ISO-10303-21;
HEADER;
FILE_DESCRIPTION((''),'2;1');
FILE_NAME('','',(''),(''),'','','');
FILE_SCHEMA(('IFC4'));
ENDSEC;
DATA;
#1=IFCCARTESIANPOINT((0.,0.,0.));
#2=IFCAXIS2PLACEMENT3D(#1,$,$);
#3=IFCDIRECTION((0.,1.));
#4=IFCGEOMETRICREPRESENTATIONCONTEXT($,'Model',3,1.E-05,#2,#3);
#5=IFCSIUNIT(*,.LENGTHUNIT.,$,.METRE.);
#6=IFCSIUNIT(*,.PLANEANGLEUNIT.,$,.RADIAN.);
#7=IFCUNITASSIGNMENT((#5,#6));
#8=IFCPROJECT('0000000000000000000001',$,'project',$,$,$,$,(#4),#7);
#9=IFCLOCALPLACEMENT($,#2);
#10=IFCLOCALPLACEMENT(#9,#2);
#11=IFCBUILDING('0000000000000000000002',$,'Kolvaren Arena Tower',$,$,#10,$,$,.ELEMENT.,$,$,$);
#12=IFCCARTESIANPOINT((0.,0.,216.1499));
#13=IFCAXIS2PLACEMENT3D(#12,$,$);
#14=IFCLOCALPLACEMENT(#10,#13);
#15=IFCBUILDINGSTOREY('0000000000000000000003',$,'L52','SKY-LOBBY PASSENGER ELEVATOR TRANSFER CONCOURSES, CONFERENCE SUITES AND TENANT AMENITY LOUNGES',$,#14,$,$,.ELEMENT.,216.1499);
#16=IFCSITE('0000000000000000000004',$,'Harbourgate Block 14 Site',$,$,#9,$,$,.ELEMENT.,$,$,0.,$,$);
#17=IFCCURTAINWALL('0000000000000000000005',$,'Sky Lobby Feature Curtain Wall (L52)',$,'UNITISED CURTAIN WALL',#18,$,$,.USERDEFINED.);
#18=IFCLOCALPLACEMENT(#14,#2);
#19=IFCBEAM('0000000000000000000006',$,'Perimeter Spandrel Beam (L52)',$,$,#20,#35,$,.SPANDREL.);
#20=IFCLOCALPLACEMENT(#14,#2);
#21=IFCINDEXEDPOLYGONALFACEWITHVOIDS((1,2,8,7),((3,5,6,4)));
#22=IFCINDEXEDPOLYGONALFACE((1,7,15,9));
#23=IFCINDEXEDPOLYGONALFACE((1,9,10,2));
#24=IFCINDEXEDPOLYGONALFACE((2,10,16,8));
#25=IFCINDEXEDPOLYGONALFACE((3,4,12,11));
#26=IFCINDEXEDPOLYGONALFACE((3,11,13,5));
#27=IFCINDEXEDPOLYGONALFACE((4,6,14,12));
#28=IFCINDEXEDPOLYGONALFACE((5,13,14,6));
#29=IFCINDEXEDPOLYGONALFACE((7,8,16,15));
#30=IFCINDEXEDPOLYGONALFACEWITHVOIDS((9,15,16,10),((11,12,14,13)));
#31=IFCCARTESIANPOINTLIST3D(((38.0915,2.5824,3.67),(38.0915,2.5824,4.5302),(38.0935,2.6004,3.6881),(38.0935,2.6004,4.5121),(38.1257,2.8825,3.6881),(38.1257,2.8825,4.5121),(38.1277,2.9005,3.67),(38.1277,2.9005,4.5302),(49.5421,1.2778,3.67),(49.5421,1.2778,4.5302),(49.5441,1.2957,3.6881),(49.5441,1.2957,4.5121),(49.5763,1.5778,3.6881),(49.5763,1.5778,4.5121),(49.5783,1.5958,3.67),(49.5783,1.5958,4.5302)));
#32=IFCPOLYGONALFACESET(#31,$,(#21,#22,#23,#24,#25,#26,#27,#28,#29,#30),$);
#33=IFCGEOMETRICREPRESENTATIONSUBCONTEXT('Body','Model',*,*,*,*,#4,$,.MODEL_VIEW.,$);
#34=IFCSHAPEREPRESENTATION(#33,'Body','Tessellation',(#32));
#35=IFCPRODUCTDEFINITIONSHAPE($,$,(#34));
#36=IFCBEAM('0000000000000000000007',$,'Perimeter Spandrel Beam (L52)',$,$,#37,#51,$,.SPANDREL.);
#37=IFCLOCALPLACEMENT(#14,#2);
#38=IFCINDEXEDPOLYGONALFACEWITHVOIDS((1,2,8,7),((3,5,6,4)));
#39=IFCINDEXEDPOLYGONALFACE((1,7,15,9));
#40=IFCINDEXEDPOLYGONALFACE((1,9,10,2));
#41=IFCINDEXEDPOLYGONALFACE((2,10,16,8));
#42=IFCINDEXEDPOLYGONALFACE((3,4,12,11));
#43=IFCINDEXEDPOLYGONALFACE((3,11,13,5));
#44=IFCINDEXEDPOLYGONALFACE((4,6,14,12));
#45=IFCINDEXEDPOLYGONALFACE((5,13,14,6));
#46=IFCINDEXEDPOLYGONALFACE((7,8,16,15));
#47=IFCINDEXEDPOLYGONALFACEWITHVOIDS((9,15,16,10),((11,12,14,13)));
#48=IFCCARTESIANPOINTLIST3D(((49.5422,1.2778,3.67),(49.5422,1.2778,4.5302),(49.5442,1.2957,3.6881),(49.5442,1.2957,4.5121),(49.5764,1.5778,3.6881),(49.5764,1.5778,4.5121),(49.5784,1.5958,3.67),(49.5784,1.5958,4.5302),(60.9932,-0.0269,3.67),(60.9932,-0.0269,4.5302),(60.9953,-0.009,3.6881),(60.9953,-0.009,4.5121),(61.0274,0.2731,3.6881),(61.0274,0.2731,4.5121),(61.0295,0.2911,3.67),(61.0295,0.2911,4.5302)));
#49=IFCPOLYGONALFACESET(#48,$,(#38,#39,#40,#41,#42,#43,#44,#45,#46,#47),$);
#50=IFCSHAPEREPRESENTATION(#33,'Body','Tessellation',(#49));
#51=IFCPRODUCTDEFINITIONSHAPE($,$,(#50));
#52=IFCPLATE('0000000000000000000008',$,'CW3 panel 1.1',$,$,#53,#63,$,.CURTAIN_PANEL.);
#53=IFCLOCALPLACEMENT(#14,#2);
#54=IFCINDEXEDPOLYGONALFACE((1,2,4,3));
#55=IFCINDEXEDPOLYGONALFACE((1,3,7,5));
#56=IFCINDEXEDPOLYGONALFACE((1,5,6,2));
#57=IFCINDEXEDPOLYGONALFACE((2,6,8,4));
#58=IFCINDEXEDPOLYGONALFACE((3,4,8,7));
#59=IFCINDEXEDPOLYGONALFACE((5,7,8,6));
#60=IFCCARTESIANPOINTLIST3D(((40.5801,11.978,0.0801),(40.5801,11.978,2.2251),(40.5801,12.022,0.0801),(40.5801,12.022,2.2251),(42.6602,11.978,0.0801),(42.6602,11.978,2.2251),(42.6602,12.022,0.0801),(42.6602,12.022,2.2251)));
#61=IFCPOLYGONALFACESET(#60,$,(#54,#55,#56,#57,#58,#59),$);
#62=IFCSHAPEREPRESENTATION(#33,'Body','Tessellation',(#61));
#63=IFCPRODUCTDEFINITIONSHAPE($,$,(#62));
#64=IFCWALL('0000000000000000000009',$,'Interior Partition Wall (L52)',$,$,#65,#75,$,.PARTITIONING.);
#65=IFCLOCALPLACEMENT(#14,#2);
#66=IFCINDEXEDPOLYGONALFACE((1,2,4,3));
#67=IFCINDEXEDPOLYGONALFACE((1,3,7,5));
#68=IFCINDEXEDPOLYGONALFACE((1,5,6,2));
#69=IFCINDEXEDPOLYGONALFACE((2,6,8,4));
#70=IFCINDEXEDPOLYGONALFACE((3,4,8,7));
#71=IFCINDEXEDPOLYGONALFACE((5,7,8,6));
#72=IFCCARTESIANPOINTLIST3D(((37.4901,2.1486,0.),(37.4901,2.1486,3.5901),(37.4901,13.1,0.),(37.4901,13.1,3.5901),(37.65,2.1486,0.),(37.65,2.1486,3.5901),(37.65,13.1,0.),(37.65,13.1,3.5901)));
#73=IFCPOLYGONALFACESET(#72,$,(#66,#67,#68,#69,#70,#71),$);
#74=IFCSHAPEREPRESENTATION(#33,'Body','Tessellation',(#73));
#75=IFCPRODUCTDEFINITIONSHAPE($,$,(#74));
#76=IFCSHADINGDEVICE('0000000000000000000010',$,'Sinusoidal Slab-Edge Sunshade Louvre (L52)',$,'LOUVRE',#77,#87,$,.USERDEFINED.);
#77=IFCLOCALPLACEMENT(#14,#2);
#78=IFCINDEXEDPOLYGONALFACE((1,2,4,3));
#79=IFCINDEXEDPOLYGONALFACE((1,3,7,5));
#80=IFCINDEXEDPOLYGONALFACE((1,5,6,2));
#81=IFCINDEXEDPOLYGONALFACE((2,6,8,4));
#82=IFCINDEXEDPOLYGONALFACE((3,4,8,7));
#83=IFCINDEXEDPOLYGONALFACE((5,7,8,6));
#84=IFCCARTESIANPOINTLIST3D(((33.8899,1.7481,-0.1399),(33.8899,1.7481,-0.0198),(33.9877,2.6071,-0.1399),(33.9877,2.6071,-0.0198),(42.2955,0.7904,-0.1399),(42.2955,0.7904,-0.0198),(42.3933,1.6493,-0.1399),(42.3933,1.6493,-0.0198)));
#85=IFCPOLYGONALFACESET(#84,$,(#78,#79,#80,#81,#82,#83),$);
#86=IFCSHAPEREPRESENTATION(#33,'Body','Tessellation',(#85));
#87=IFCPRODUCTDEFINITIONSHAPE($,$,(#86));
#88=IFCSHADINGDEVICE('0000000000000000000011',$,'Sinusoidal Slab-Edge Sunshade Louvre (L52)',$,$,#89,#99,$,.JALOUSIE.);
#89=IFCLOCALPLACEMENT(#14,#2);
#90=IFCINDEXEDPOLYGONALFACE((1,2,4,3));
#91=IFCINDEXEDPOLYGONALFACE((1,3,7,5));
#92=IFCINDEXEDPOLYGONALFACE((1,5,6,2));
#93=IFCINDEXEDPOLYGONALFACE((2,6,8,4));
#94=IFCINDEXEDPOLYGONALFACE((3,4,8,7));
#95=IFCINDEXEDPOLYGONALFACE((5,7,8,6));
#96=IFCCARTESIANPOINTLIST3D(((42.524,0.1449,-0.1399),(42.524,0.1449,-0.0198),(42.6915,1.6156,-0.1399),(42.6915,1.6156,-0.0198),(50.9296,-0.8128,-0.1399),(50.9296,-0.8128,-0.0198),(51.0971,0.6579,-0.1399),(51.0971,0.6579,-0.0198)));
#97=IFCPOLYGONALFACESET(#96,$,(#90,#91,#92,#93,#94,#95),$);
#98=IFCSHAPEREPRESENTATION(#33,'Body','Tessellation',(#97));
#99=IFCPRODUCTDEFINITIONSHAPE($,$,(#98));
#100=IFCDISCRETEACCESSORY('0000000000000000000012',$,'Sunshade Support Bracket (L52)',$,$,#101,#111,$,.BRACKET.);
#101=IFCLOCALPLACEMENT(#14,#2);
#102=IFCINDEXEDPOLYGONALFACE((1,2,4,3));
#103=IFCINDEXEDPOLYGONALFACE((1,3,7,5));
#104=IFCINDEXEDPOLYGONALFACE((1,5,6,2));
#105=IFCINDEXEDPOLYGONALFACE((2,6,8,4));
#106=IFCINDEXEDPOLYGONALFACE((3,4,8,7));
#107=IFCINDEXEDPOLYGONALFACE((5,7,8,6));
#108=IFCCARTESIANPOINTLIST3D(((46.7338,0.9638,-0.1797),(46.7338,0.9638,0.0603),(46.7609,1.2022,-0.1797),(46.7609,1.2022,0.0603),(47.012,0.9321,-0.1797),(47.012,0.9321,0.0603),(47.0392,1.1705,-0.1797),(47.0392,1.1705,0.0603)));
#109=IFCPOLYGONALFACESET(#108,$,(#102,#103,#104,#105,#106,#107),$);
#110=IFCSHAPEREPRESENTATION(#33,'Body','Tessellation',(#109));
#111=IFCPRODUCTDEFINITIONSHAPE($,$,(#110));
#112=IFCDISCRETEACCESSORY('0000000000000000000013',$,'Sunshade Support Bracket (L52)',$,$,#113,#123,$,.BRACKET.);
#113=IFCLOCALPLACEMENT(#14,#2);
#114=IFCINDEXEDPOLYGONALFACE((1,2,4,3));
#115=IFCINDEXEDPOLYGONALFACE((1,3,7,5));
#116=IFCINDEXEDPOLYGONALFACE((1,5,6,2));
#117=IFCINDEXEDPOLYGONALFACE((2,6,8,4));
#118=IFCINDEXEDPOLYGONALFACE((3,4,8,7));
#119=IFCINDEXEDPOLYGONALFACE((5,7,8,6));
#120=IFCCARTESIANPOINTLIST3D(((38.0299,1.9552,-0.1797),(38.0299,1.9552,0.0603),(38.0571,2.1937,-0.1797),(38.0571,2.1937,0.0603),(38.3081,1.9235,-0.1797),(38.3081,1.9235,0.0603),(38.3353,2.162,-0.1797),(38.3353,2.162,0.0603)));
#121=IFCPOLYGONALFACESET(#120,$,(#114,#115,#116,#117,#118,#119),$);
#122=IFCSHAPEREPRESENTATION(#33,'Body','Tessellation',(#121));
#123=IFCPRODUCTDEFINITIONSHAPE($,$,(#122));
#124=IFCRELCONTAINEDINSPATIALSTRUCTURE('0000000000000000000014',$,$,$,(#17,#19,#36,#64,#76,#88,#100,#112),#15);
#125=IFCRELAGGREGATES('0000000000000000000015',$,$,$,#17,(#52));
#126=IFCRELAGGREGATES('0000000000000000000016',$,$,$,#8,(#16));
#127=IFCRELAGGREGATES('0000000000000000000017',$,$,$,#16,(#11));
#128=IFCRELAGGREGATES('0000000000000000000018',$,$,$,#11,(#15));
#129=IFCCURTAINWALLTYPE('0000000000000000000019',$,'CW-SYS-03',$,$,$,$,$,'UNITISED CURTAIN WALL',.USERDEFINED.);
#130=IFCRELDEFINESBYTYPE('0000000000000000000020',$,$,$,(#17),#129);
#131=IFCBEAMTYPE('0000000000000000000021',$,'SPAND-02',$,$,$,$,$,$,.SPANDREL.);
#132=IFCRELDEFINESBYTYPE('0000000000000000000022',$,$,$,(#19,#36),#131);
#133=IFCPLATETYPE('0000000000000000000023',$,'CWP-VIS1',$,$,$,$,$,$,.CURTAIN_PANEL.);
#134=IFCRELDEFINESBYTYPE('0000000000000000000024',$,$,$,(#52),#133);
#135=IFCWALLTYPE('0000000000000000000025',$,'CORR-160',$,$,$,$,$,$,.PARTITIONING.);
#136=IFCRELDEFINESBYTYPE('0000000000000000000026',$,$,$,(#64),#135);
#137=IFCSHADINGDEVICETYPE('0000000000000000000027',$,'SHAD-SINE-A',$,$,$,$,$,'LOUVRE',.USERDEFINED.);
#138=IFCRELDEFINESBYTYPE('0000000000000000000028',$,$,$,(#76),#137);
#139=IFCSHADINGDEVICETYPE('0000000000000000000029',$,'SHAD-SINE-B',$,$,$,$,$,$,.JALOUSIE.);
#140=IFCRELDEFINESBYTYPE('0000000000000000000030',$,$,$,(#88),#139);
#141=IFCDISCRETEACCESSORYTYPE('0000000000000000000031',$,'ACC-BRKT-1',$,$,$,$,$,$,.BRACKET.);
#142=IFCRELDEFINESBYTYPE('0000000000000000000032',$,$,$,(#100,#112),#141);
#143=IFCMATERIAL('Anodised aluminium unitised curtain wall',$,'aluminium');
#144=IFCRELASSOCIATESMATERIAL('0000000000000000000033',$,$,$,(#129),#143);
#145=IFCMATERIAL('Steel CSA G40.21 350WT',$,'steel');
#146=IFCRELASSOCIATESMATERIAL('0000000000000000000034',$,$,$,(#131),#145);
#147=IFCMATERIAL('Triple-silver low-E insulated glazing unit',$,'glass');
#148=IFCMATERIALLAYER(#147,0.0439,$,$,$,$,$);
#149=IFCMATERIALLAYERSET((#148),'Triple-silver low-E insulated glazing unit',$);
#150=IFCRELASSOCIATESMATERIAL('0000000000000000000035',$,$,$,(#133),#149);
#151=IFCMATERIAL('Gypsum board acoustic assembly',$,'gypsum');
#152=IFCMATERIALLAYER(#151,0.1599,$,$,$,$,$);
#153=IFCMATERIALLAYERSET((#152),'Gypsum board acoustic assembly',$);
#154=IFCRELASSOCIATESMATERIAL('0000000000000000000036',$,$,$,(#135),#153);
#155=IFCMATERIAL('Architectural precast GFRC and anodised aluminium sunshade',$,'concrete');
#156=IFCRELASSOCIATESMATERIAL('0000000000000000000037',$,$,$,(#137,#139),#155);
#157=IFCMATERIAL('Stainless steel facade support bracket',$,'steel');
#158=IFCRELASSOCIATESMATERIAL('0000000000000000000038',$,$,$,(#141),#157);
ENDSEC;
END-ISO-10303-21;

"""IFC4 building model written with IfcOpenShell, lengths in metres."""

from ifc_helpers import new_model, si_unit, direction, frame, frame_2d, origin, origin_2d, place, context, subcontext, project, spatial, rectangle, hollow_rectangle, extrude, material, layer, layer_set, material_profile, profile_set, type_object, element, aggregate, save


model = new_model("IFC4")

# Units and contexts
model_context = context("Model", 3, precision=1e-05, world=origin(), true_north=direction((0.0, 1.0)))
body_context = subcontext(model_context, "Body", "Model", "MODEL_VIEW")
ifc_project = project(units=[si_unit("LENGTHUNIT", "METRE"), si_unit("PLANEANGLEUNIT", "RADIAN")], contexts=[model_context])

# Site, building, storey
site_placement = place(None, origin())
site = spatial("IfcSite", under=ifc_project, at=site_placement, Name="Harbourgate Block 14 Site", CompositionType="ELEMENT", RefElevation=0.0)
building_placement = place(site_placement, origin())
building = spatial("IfcBuilding", under=site, at=building_placement, Name="Kolvaren Arena Tower", CompositionType="ELEMENT")
storey_placement = place(building_placement, frame((0.0, 0.0, 216.1499)))
storey = spatial("IfcBuildingStorey", under=building, at=storey_placement, Name="L52", Description="SKY-LOBBY PASSENGER ELEVATOR TRANSFER CONCOURSES, CONFERENCE SUITES AND TENANT AMENITY LOUNGES", CompositionType="ELEMENT", Elevation=216.1499)

# Shared definitions
ifc_material_1 = material(Name="Anodised aluminium unitised curtain wall", Category="aluminium")
curtain_wall_type = type_object("IfcCurtainWallType", Name="CW-SYS-03", ElementType="UNITISED CURTAIN WALL", PredefinedType="USERDEFINED", material=ifc_material_1)

# Curtain wall
curtain_wall_1_placement = place(storey_placement, origin())
curtain_wall_1 = element("IfcCurtainWall", 1, at=curtain_wall_1_placement, inside=storey, type_object=curtain_wall_type, Name="Sky Lobby Feature Curtain Wall (L52)", ObjectType="UNITISED CURTAIN WALL", PredefinedType="USERDEFINED")

# Beams
ifc_material_2 = material(Name="Steel CSA G40.21 350WT", Category="steel")
ifc_material_profile_1 = material_profile(ifc_material_2, hollow_rectangle(XDim=0.3201, YDim=0.8601, WallThickness=0.0181, at=origin_2d()), Name="HSS 860x320x18")
ifc_profile_set_1 = profile_set([ifc_material_profile_1], Name="Steel CSA G40.21 350WT")
beam_type_1 = type_object("IfcBeamType", Name="SPAND-02", PredefinedType="SPANDREL", material=ifc_profile_set_1)
beam_1_placement = place(storey_placement, frame((38.1096, 2.7415, 4.1001), z_axis=(0.993571, -0.113207, 0.0), x_axis=(0.113207, 0.993571, 0.0)))
element("IfcBeam", 2, at=beam_1_placement, inside=storey, type_object=beam_type_1, Name="Perimeter Spandrel Beam (L52)", PredefinedType="SPANDREL", context=body_context, shape_type="SweptSolid", body=[
    extrude(hollow_rectangle(XDim=0.3201, YDim=0.8601, WallThickness=0.0181, at=origin_2d()), origin(), (0.0, 0.0, 1.0), 11.5247),
])
beam_2_placement = place(storey_placement, frame((49.5603, 1.4368, 4.1001), z_axis=(0.993572, -0.113202, 0.0), x_axis=(0.113202, 0.993572, 0.0)))
element("IfcBeam", 3, at=beam_2_placement, inside=storey, type_object=beam_type_1, Name="Perimeter Spandrel Beam (L52)", PredefinedType="SPANDREL", context=body_context, shape_type="SweptSolid", body=[
    extrude(hollow_rectangle(XDim=0.3201, YDim=0.8601, WallThickness=0.0181, at=origin_2d()), origin(), (0.0, 0.0, 1.0), 11.5251),
])

# Plate
ifc_material_3 = material(Name="Triple-silver low-E insulated glazing unit", Category="glass")
ifc_layer_1 = layer(ifc_material_3, 0.0439)
ifc_layer_set_1 = layer_set([ifc_layer_1], Name="Triple-silver low-E insulated glazing unit")
plate_type = type_object("IfcPlateType", Name="CWP-VIS1", PredefinedType="CURTAIN_PANEL", material=ifc_layer_set_1)
plate_placement = place(storey_placement, frame((41.6201, 12.0, 0.0801), z_axis=(0.0, 0.0, 1.0), x_axis=(1.0, 0.0, 0.0)))
plate = element("IfcPlate", 4, at=plate_placement, type_object=plate_type, Name="CW3 panel 1.1", PredefinedType="CURTAIN_PANEL", context=body_context, shape_type="SweptSolid", body=[
    extrude(rectangle(XDim=2.0801, YDim=0.0439, at=origin_2d()), origin(), (0.0, 0.0, 1.0), 2.145),
])
aggregate(curtain_wall_1, [plate])

# Wall
ifc_material_4 = material(Name="Gypsum board acoustic assembly", Category="gypsum")
ifc_layer_2 = layer(ifc_material_4, 0.1599)
ifc_layer_set_2 = layer_set([ifc_layer_2], Name="Gypsum board acoustic assembly")
wall_type = type_object("IfcWallType", Name="CORR-160", PredefinedType="PARTITIONING", material=ifc_layer_set_2)
wall_placement = place(storey_placement, frame((37.5701, 2.1487, 0.0), z_axis=(0.0, 0.0, 1.0), x_axis=(0.0, 1.0, 0.0)))
element("IfcWall", 5, at=wall_placement, inside=storey, type_object=wall_type, Name="Interior Partition Wall (L52)", PredefinedType="PARTITIONING", context=body_context, shape_type="SweptSolid", body=[
    extrude(rectangle(XDim=10.9514, YDim=0.1599, at=frame_2d((5.4756, 0.0))), origin(), (0.0, 0.0, 1.0), 3.5901),
])

# Shading devices
ifc_material_5 = material(Name="Architectural precast GFRC and anodised aluminium sunshade", Category="concrete")
shading_device_type_1 = type_object("IfcShadingDeviceType", Name="SHAD-SINE-A", ElementType="LOUVRE", PredefinedType="USERDEFINED", material=ifc_material_5)
shading_device_1_placement = place(storey_placement, frame((38.1416, 1.6987, -0.1399), z_axis=(0.0, 0.0, 1.0), x_axis=(-0.993572, 0.113205, 0.0)))
element("IfcShadingDevice", 6, at=shading_device_1_placement, inside=storey, type_object=shading_device_type_1, Name="Sinusoidal Slab-Edge Sunshade Louvre (L52)", ObjectType="LOUVRE", PredefinedType="USERDEFINED", context=body_context, shape_type="SweptSolid", body=[
    extrude(rectangle(XDim=8.46, YDim=0.8645, at=origin_2d()), origin(), (0.0, 0.0, 1.0), 0.1201),
])
shading_device_type_2 = type_object("IfcShadingDeviceType", Name="SHAD-SINE-B", PredefinedType="JALOUSIE", material=ifc_material_5)
shading_device_2_placement = place(storey_placement, frame((46.8105, 0.4014, -0.1399), z_axis=(0.0, 0.0, 1.0), x_axis=(-0.993572, 0.113205, 0.0)))
element("IfcShadingDevice", 7, at=shading_device_2_placement, inside=storey, type_object=shading_device_type_2, Name="Sinusoidal Slab-Edge Sunshade Louvre (L52)", PredefinedType="JALOUSIE", context=body_context, shape_type="SweptSolid", body=[
    extrude(rectangle(XDim=8.46, YDim=1.4802, at=origin_2d()), origin(), (0.0, 0.0, 1.0), 0.1201),
])

# Discrete accessories
ifc_material_6 = material(Name="Stainless steel facade support bracket", Category="steel")
discrete_accessory_type = type_object("IfcDiscreteAccessoryType", Name="ACC-BRKT-1", PredefinedType="BRACKET", material=ifc_material_6)
for number, where, z_axis, x_axis, name in (
    (8, (46.8865, 1.0671, -0.1797), (0.0, 0.0, 1.0), (-0.993572, 0.113205, 0.0), "Sunshade Support Bracket (L52)"),
    (9, (38.1826, 2.0586, -0.1797), (0.0, 0.0, 1.0), (-0.993572, 0.113205, 0.0), "Sunshade Support Bracket (L52)"),
):
    element("IfcDiscreteAccessory", number, at=place(storey_placement, frame(where, z_axis=z_axis, x_axis=x_axis)), inside=storey, type_object=discrete_accessory_type, Name=name, PredefinedType="BRACKET", context=body_context, shape_type="SweptSolid", body=[
        extrude(rectangle(XDim=0.28, YDim=0.24, at=origin_2d()), origin(), (0.0, 0.0, 1.0), 0.24),
    ])

save(model, "model.ifc")
